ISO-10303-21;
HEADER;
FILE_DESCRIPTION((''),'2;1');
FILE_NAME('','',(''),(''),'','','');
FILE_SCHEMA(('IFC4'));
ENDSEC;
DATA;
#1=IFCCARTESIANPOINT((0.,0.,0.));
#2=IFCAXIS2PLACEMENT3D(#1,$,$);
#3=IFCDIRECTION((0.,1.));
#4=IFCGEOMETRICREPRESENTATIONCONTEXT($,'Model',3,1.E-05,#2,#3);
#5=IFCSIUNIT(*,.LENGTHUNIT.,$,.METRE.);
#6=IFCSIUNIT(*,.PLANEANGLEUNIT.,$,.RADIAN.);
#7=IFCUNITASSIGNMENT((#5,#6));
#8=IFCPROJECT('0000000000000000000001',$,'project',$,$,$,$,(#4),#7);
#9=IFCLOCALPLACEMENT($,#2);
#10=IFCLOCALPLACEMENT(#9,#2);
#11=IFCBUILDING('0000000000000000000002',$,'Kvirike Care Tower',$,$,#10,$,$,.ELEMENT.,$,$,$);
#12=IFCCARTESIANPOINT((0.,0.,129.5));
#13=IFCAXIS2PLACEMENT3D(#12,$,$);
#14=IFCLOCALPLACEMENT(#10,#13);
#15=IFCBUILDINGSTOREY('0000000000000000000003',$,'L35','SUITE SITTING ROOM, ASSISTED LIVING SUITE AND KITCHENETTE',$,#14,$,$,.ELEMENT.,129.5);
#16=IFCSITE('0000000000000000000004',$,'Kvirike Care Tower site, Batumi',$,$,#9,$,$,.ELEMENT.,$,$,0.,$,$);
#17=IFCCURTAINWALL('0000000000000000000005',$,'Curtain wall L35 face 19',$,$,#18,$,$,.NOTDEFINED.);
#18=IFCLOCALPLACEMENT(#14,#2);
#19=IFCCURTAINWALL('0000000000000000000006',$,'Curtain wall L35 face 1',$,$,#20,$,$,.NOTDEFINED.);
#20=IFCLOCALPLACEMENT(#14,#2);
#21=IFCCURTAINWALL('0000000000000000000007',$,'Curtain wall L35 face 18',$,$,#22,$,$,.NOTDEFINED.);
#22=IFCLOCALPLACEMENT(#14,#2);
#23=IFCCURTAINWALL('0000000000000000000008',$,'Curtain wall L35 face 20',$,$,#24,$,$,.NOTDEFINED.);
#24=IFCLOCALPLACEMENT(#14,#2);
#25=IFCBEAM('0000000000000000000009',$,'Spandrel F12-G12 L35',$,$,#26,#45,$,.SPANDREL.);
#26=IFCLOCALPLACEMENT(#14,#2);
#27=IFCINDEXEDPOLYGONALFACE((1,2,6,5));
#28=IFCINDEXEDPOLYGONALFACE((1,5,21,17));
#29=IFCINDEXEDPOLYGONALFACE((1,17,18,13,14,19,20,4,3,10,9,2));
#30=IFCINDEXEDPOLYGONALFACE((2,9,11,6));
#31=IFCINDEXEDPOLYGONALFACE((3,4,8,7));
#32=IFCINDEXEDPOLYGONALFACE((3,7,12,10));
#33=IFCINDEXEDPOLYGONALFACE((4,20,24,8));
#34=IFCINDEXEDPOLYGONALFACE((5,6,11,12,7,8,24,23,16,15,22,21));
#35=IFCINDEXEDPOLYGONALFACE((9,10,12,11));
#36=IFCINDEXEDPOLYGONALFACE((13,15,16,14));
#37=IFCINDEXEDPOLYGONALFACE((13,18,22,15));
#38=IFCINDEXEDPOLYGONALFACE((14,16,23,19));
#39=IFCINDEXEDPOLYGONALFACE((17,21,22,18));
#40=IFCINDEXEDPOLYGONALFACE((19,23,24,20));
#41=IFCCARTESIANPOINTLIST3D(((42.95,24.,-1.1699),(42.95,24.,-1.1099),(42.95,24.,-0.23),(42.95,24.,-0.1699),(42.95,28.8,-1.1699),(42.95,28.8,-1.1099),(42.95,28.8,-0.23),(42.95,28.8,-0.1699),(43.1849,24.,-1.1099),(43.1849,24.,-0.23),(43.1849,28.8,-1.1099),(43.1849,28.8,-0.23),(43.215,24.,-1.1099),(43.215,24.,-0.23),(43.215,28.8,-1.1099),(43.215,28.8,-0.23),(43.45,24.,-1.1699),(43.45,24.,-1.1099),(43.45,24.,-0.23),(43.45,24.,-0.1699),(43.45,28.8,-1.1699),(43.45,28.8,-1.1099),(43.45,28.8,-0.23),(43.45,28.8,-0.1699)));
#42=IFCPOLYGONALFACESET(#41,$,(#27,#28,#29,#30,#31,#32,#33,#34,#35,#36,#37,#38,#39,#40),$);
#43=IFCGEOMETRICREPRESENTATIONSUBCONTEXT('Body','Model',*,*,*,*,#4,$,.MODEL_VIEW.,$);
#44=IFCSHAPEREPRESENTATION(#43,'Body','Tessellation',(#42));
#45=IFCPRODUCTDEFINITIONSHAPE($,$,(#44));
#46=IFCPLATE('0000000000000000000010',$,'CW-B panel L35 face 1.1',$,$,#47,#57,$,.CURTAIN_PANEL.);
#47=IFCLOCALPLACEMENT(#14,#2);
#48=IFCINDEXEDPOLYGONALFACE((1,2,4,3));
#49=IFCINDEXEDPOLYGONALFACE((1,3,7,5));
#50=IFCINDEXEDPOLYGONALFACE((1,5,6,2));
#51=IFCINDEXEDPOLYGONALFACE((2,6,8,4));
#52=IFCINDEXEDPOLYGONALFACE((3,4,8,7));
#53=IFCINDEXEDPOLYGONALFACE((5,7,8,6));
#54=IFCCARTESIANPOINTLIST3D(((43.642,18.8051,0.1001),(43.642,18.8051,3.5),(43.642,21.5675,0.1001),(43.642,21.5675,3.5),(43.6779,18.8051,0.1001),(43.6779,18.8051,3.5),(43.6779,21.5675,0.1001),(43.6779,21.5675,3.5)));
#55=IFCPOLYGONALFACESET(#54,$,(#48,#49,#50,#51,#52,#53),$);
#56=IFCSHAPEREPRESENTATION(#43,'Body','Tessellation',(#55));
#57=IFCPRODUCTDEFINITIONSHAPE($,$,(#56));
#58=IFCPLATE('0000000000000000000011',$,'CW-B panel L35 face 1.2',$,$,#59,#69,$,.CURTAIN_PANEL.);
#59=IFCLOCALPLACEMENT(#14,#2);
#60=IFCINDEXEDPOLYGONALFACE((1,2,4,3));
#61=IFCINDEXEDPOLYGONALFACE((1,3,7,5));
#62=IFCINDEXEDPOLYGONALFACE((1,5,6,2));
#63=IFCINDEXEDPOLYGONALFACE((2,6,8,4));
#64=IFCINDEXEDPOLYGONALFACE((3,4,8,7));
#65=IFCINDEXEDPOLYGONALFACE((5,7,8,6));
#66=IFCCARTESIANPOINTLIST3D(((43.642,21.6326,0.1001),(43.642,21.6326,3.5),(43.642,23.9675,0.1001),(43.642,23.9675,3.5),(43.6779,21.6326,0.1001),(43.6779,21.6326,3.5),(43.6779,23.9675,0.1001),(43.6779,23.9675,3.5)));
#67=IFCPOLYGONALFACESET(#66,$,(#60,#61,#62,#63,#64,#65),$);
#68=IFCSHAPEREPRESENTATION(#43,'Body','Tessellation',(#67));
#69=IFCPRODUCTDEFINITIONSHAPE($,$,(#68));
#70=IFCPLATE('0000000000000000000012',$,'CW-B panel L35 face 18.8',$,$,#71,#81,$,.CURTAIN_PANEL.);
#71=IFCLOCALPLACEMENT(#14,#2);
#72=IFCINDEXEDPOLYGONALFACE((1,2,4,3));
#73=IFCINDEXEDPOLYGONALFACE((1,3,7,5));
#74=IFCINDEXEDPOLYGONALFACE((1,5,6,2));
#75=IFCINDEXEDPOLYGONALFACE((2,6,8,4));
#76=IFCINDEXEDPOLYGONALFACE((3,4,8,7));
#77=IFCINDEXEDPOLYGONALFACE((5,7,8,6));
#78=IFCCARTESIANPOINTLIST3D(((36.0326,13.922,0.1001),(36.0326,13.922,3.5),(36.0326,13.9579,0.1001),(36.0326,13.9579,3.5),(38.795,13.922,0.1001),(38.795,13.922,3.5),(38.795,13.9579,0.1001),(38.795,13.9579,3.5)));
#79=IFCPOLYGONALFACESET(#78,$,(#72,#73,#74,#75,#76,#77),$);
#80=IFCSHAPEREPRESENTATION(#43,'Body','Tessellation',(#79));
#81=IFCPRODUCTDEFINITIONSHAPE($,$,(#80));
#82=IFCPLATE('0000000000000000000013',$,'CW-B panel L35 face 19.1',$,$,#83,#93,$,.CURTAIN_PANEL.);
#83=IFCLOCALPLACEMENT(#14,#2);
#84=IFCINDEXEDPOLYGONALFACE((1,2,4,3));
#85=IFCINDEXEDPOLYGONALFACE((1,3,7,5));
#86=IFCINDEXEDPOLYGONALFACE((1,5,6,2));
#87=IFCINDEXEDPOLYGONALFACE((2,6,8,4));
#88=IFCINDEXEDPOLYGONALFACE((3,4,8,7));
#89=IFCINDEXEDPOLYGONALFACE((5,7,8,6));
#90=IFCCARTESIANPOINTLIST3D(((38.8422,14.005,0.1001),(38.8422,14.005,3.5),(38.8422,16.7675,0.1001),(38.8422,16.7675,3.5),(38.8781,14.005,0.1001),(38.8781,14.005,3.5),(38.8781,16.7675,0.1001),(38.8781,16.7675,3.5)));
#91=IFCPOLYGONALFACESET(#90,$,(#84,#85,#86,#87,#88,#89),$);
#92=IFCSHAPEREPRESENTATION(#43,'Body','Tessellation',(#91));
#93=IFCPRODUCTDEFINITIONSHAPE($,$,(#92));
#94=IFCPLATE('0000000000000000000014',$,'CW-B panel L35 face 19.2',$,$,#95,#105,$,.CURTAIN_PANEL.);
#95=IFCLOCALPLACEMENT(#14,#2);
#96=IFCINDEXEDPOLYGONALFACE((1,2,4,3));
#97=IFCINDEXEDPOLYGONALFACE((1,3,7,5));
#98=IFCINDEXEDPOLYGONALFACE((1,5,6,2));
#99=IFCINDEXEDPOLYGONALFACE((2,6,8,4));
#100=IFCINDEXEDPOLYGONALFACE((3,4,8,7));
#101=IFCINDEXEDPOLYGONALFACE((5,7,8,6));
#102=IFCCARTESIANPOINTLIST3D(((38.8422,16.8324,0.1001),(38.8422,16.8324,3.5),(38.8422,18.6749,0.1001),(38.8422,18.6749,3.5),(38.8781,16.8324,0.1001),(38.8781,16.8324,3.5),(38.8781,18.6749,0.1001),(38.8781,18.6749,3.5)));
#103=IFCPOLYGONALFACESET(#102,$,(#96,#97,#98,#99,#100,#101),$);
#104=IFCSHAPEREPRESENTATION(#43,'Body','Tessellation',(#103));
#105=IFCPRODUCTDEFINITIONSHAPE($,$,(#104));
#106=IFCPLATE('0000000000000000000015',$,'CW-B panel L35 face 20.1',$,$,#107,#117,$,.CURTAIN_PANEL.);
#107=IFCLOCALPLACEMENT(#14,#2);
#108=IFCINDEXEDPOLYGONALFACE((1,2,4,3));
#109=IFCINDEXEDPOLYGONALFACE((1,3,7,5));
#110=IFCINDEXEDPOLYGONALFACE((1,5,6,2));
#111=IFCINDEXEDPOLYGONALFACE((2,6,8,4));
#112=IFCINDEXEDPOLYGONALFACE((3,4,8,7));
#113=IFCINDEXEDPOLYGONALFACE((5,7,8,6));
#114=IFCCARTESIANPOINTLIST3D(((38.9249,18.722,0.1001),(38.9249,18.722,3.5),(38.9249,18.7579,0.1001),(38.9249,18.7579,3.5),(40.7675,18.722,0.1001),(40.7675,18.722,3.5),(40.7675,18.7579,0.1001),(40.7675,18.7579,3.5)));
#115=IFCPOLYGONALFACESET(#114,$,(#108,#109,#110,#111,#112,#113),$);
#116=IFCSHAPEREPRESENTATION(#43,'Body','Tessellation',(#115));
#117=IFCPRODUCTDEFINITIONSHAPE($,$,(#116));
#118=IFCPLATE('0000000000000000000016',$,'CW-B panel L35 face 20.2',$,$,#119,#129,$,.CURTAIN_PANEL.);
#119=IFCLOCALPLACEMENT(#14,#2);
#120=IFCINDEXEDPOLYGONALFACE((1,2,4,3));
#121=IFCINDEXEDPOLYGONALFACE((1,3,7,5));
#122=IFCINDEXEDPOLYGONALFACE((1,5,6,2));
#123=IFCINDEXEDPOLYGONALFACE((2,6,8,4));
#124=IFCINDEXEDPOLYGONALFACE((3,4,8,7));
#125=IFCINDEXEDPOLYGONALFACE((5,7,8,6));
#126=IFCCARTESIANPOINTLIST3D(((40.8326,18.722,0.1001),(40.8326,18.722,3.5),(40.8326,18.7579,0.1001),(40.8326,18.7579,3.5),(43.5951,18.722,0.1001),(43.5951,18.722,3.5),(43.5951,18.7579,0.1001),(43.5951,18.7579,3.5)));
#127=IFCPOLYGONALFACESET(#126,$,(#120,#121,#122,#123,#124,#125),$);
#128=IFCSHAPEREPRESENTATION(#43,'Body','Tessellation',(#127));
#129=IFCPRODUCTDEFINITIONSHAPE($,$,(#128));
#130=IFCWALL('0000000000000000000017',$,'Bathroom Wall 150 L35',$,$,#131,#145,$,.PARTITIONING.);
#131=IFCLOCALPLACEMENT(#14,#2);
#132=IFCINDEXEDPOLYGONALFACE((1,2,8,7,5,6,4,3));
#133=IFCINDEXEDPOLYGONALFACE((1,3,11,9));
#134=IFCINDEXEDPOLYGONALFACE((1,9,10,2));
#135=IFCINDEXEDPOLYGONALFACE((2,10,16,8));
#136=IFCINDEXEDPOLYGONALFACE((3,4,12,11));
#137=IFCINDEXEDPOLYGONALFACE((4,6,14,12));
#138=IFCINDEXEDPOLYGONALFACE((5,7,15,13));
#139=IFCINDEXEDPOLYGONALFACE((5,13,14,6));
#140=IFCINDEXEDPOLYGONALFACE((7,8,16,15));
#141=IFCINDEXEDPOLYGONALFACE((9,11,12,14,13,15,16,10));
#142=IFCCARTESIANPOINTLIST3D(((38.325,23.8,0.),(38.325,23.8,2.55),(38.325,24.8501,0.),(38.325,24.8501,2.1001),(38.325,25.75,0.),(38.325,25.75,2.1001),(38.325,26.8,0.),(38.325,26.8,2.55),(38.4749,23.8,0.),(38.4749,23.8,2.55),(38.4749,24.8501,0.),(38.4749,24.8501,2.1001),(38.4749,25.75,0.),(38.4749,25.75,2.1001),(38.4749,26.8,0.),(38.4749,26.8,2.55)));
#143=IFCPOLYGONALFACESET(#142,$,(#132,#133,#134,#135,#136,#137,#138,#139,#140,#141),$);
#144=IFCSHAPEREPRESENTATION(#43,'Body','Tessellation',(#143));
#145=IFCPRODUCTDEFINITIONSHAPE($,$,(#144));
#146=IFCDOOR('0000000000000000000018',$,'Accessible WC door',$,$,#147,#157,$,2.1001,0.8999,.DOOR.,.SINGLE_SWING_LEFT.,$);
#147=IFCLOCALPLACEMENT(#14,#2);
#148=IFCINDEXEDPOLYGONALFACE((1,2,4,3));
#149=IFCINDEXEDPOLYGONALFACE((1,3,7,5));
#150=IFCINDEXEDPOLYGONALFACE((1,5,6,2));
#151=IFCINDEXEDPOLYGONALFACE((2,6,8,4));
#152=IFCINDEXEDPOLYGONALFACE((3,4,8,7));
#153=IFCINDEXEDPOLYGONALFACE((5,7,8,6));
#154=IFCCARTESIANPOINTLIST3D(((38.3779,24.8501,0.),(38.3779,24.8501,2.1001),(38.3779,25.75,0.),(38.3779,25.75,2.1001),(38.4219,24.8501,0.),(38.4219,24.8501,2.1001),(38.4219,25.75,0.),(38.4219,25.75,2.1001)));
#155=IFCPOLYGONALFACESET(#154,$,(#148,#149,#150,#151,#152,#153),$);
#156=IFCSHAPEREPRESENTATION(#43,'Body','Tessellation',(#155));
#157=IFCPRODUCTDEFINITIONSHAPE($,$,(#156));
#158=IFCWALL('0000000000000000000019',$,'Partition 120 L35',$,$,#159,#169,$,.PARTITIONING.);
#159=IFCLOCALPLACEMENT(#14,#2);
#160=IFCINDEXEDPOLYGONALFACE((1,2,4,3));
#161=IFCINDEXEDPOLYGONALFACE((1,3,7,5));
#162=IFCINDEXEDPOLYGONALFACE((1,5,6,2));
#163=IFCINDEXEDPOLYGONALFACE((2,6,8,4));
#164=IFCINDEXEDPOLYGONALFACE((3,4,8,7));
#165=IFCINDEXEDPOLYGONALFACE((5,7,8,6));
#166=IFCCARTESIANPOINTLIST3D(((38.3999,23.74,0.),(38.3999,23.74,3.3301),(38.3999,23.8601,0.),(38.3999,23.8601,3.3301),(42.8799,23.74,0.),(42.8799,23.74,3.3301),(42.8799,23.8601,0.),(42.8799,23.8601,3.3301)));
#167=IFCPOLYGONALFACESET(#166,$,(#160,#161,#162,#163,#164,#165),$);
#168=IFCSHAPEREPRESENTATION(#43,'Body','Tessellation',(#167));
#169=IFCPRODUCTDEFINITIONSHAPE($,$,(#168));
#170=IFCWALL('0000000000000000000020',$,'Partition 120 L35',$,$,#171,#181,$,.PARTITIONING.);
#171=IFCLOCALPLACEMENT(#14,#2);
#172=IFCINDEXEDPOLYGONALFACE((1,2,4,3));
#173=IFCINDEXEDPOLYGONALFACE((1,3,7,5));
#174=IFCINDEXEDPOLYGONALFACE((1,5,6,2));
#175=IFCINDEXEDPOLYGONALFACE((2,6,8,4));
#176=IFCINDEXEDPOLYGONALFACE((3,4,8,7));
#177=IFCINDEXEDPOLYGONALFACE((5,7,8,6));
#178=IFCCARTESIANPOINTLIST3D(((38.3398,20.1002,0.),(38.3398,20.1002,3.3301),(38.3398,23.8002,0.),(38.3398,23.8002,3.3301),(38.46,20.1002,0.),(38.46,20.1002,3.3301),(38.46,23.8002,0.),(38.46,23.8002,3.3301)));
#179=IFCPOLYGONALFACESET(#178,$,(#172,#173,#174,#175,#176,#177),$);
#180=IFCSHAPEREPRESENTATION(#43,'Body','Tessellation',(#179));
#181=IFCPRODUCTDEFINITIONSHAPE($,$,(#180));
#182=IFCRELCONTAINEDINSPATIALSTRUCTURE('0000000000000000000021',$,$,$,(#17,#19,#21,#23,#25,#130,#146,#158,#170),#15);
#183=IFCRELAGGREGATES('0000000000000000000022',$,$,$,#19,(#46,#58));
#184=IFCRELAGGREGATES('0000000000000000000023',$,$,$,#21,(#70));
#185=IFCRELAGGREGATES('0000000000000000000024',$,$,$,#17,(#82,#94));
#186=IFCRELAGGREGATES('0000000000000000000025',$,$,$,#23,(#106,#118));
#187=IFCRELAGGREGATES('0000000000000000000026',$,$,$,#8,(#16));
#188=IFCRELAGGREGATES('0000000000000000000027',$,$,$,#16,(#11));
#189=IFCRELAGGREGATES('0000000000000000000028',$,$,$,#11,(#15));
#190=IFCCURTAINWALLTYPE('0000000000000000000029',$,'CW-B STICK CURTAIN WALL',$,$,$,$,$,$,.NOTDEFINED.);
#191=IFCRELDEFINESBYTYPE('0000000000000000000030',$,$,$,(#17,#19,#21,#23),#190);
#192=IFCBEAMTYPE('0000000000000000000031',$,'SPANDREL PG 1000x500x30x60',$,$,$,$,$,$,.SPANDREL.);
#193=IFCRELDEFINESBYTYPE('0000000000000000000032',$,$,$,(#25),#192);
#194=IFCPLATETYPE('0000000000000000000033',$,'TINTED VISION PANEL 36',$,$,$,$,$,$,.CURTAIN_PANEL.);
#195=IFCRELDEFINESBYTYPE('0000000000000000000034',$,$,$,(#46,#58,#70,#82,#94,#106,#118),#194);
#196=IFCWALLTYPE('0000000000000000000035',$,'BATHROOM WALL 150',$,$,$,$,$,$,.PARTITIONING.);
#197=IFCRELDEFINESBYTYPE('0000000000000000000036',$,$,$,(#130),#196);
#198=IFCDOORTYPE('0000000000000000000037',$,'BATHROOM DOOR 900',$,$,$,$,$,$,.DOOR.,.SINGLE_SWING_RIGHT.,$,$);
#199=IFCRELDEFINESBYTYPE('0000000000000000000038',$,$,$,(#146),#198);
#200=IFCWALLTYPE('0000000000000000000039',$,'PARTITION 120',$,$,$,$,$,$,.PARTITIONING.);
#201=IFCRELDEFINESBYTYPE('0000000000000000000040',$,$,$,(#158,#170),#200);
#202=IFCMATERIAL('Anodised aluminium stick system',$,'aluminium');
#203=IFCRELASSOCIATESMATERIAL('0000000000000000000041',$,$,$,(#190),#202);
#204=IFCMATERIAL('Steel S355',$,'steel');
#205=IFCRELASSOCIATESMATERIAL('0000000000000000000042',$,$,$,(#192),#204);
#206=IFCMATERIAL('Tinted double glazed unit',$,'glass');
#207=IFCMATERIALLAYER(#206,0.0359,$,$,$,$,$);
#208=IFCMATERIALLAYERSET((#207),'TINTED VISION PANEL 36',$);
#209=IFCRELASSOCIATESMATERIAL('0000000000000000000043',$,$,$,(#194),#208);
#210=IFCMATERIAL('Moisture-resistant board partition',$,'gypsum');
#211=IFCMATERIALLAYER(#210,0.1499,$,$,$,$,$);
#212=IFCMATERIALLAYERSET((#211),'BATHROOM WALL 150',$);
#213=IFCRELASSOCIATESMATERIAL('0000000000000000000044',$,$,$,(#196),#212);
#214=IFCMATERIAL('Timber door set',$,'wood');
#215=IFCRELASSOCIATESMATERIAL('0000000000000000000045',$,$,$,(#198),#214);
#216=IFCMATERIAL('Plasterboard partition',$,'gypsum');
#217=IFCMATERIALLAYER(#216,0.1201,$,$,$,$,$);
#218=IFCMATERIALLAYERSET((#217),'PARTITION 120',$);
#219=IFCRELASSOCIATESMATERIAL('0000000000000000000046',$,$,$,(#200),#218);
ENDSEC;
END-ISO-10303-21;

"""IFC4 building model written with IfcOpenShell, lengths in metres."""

from ifc_helpers import new_model, si_unit, direction, frame, frame_2d, origin, origin_2d, place, context, subcontext, project, spatial, rectangle, i_section, extrude, material, layer, layer_set, material_profile, profile_set, type_object, element, fill, aggregate, save


model = new_model("IFC4")

# Units and contexts
model_context = context("Model", 3, precision=1e-05, world=origin(), true_north=direction((0.0, 1.0)))
body_context = subcontext(model_context, "Body", "Model", "MODEL_VIEW")
ifc_project = project(units=[si_unit("LENGTHUNIT", "METRE"), si_unit("PLANEANGLEUNIT", "RADIAN")], contexts=[model_context])

# Site, building, storey
site_placement = place(None, origin())
site = spatial("IfcSite", under=ifc_project, at=site_placement, Name="Kvirike Care Tower site, Batumi", CompositionType="ELEMENT", RefElevation=0.0)
building_placement = place(site_placement, origin())
building = spatial("IfcBuilding", under=site, at=building_placement, Name="Kvirike Care Tower", CompositionType="ELEMENT")
storey_placement = place(building_placement, frame((0.0, 0.0, 129.5)))
storey = spatial("IfcBuildingStorey", under=building, at=storey_placement, Name="L35", Description="SUITE SITTING ROOM, ASSISTED LIVING SUITE AND KITCHENETTE", CompositionType="ELEMENT", Elevation=129.5)

# Curtain wall
ifc_material_1 = material(Name="Anodised aluminium stick system", Category="aluminium")
curtain_wall_type = type_object("IfcCurtainWallType", Name="CW-B STICK CURTAIN WALL", PredefinedType="NOTDEFINED", material=ifc_material_1)
curtain_wall_1_placement = place(storey_placement, origin())
curtain_wall_1 = element("IfcCurtainWall", 1, at=curtain_wall_1_placement, inside=storey, type_object=curtain_wall_type, Name="Curtain wall L35 face 19", PredefinedType="NOTDEFINED")

# Curtain walls
curtain_wall_2_placement = place(storey_placement, origin())
curtain_wall_2 = element("IfcCurtainWall", 2, at=curtain_wall_2_placement, inside=storey, type_object=curtain_wall_type, Name="Curtain wall L35 face 1", PredefinedType="NOTDEFINED")
curtain_wall_3_placement = place(storey_placement, origin())
curtain_wall_3 = element("IfcCurtainWall", 3, at=curtain_wall_3_placement, inside=storey, type_object=curtain_wall_type, Name="Curtain wall L35 face 18", PredefinedType="NOTDEFINED")

# Curtain wall
curtain_wall_4_placement = place(storey_placement, origin())
curtain_wall_4 = element("IfcCurtainWall", 4, at=curtain_wall_4_placement, inside=storey, type_object=curtain_wall_type, Name="Curtain wall L35 face 20", PredefinedType="NOTDEFINED")

# Beam
ifc_material_2 = material(Name="Steel S355", Category="steel")
ifc_material_profile_1 = material_profile(ifc_material_2, i_section(OverallWidth=0.5, OverallDepth=1.0, WebThickness=0.03, FlangeThickness=0.0601, at=origin_2d()), Name="PG 1000x500x30x60")
ifc_profile_set_1 = profile_set([ifc_material_profile_1], Name="Steel S355")
beam_type = type_object("IfcBeamType", Name="SPANDREL PG 1000x500x30x60", PredefinedType="SPANDREL", material=ifc_profile_set_1)
for number, where, z_axis, x_axis, name in (
    (5, (43.2, 24.0, -0.6699), (0.0, 1.0, 0.0), (-1.0, 0.0, 0.0), "Spandrel F12-G12 L35"),
):
    element("IfcBeam", number, at=place(storey_placement, frame(where, z_axis=z_axis, x_axis=x_axis)), inside=storey, type_object=beam_type, Name=name, PredefinedType="SPANDREL", context=body_context, shape_type="SweptSolid", body=[
        extrude(i_section(OverallWidth=0.5, OverallDepth=1.0, WebThickness=0.03, FlangeThickness=0.0601, at=origin_2d()), origin(), (0.0, 0.0, 1.0), 4.8),
    ])

# Plates
ifc_material_3 = material(Name="Tinted double glazed unit", Category="glass")
ifc_layer_1 = layer(ifc_material_3, 0.0359)
ifc_layer_set_1 = layer_set([ifc_layer_1], Name="TINTED VISION PANEL 36")
plate_type = type_object("IfcPlateType", Name="TINTED VISION PANEL 36", PredefinedType="CURTAIN_PANEL", material=ifc_layer_set_1)
plate_1_placement = place(storey_placement, frame((43.6599, 20.1863, 0.1001), z_axis=(0.0, 0.0, 1.0), x_axis=(0.0, 1.0, 0.0)))
plate_1 = element("IfcPlate", 6, at=plate_1_placement, type_object=plate_type, Name="CW-B panel L35 face 1.1", PredefinedType="CURTAIN_PANEL", context=body_context, shape_type="SweptSolid", body=[
    extrude(rectangle(XDim=2.7625, YDim=0.0359, at=origin_2d()), origin(), (0.0, 0.0, 1.0), 3.3999),
])
plate_2_placement = place(storey_placement, frame((43.6599, 22.8, 0.1001), z_axis=(0.0, 0.0, 1.0), x_axis=(0.0, 1.0, 0.0)))
plate_2 = element("IfcPlate", 7, at=plate_2_placement, type_object=plate_type, Name="CW-B panel L35 face 1.2", PredefinedType="CURTAIN_PANEL", context=body_context, shape_type="SweptSolid", body=[
    extrude(rectangle(XDim=2.335, YDim=0.0359, at=origin_2d()), origin(), (0.0, 0.0, 1.0), 3.3999),
])
aggregate(curtain_wall_2, [plate_1, plate_2])
plate_3_placement = place(storey_placement, frame((37.4138, 13.9399, 0.1001), z_axis=(0.0, 0.0, 1.0), x_axis=(1.0, 0.0, 0.0)))
plate_3 = element("IfcPlate", 8, at=plate_3_placement, type_object=plate_type, Name="CW-B panel L35 face 18.8", PredefinedType="CURTAIN_PANEL", context=body_context, shape_type="SweptSolid", body=[
    extrude(rectangle(XDim=2.7625, YDim=0.0359, at=origin_2d()), origin(), (0.0, 0.0, 1.0), 3.3999),
])
aggregate(curtain_wall_3, [plate_3])
plate_4_placement = place(storey_placement, frame((38.8601, 15.3862, 0.1001), z_axis=(0.0, 0.0, 1.0), x_axis=(0.0, 1.0, 0.0)))
plate_4 = element("IfcPlate", 9, at=plate_4_placement, type_object=plate_type, Name="CW-B panel L35 face 19.1", PredefinedType="CURTAIN_PANEL", context=body_context, shape_type="SweptSolid", body=[
    extrude(rectangle(XDim=2.7625, YDim=0.0359, at=origin_2d()), origin(), (0.0, 0.0, 1.0), 3.3999),
])
plate_5_placement = place(storey_placement, frame((38.8601, 17.7537, 0.1001), z_axis=(0.0, 0.0, 1.0), x_axis=(0.0, 1.0, 0.0)))
plate_5 = element("IfcPlate", 10, at=plate_5_placement, type_object=plate_type, Name="CW-B panel L35 face 19.2", PredefinedType="CURTAIN_PANEL", context=body_context, shape_type="SweptSolid", body=[
    extrude(rectangle(XDim=1.8425, YDim=0.0359, at=origin_2d()), origin(), (0.0, 0.0, 1.0), 3.3999),
])
aggregate(curtain_wall_1, [plate_4, plate_5])
plate_6_placement = place(storey_placement, frame((39.8462, 18.74, 0.1001), z_axis=(0.0, 0.0, 1.0), x_axis=(1.0, 0.0, 0.0)))
plate_6 = element("IfcPlate", 11, at=plate_6_placement, type_object=plate_type, Name="CW-B panel L35 face 20.1", PredefinedType="CURTAIN_PANEL", context=body_context, shape_type="SweptSolid", body=[
    extrude(rectangle(XDim=1.8425, YDim=0.0359, at=origin_2d()), origin(), (0.0, 0.0, 1.0), 3.3999),
])
plate_7_placement = place(storey_placement, frame((42.2139, 18.74, 0.1001), z_axis=(0.0, 0.0, 1.0), x_axis=(1.0, 0.0, 0.0)))
plate_7 = element("IfcPlate", 12, at=plate_7_placement, type_object=plate_type, Name="CW-B panel L35 face 20.2", PredefinedType="CURTAIN_PANEL", context=body_context, shape_type="SweptSolid", body=[
    extrude(rectangle(XDim=2.7625, YDim=0.0359, at=origin_2d()), origin(), (0.0, 0.0, 1.0), 3.3999),
])
aggregate(curtain_wall_4, [plate_6, plate_7])

# Wall, opening, door
ifc_material_4 = material(Name="Moisture-resistant board partition", Category="gypsum")
ifc_layer_2 = layer(ifc_material_4, 0.1499)
ifc_layer_set_2 = layer_set([ifc_layer_2], Name="BATHROOM WALL 150")
wall_type_1 = type_object("IfcWallType", Name="BATHROOM WALL 150", PredefinedType="PARTITIONING", material=ifc_layer_set_2)
wall_1_placement = place(storey_placement, frame((38.3999, 23.8, 0.0), z_axis=(0.0, 0.0, 1.0), x_axis=(0.0, 1.0, 0.0)))
wall_1 = element("IfcWall", 13, at=wall_1_placement, inside=storey, type_object=wall_type_1, Name="Bathroom Wall 150 L35", PredefinedType="PARTITIONING", context=body_context, shape_type="SweptSolid", body=[
    extrude(rectangle(XDim=3.0, YDim=0.1499, at=frame_2d((1.5, 0.0))), origin(), (0.0, 0.0, 1.0), 2.55),
])
opening_placement = place(wall_1_placement, frame((1.05, 0.0, 0.0)))
opening = element("IfcOpeningElement", 14, at=opening_placement, cuts=wall_1, PredefinedType="OPENING", context=body_context, shape_type="SweptSolid", body=[
    extrude(rectangle(XDim=0.8999, YDim=2.1001, at=frame_2d((0.45, 1.05))), frame((0.0, 0.0854, 0.0), z_axis=(0.0, -1.0, 0.0), x_axis=(1.0, 0.0, 0.0)), (0.0, 0.0, 1.0), 0.1709),
])
ifc_material_5 = material(Name="Timber door set", Category="wood")
door_type = type_object("IfcDoorType", Name="BATHROOM DOOR 900", OperationType="SINGLE_SWING_RIGHT", PredefinedType="DOOR", material=ifc_material_5)
door_placement = place(opening_placement, frame((0.8999, 0.0, 0.0), z_axis=(0.0, 0.0, 1.0), x_axis=(-1.0, 0.0, 0.0)))
door = element("IfcDoor", 15, at=door_placement, inside=storey, type_object=door_type, Name="Accessible WC door", OperationType="SINGLE_SWING_LEFT", OverallHeight=2.1001, OverallWidth=0.8999, PredefinedType="DOOR", context=body_context, shape_type="SweptSolid", body=[
    extrude(rectangle(XDim=0.8999, YDim=2.1001, at=frame_2d((0.45, 1.05))), frame((0.0, 0.022, 0.0), z_axis=(0.0, -1.0, 0.0), x_axis=(1.0, 0.0, 0.0)), (0.0, 0.0, 1.0), 0.0439),
])
fill(opening, door)

# Walls
ifc_material_6 = material(Name="Plasterboard partition", Category="gypsum")
ifc_layer_3 = layer(ifc_material_6, 0.1201)
ifc_layer_set_3 = layer_set([ifc_layer_3], Name="PARTITION 120")
wall_type_2 = type_object("IfcWallType", Name="PARTITION 120", PredefinedType="PARTITIONING", material=ifc_layer_set_3)
wall_2_placement = place(storey_placement, frame((38.3999, 23.8, 0.0), z_axis=(0.0, 0.0, 1.0), x_axis=(1.0, 0.0, 0.0)))
element("IfcWall", 16, at=wall_2_placement, inside=storey, type_object=wall_type_2, Name="Partition 120 L35", PredefinedType="PARTITIONING", context=body_context, shape_type="SweptSolid", body=[
    extrude(rectangle(XDim=4.48, YDim=0.1201, at=frame_2d((2.24, 0.0))), origin(), (0.0, 0.0, 1.0), 3.3301),
])
wall_3_placement = place(storey_placement, frame((38.3999, 20.1001, 0.0), z_axis=(0.0, 0.0, 1.0), x_axis=(0.0, 1.0, 0.0)))
element("IfcWall", 17, at=wall_3_placement, inside=storey, type_object=wall_type_2, Name="Partition 120 L35", PredefinedType="PARTITIONING", context=body_context, shape_type="SweptSolid", body=[
    extrude(rectangle(XDim=3.7, YDim=0.1201, at=frame_2d((1.8501, 0.0))), origin(), (0.0, 0.0, 1.0), 3.3301),
])

save(model, "model.ifc")
